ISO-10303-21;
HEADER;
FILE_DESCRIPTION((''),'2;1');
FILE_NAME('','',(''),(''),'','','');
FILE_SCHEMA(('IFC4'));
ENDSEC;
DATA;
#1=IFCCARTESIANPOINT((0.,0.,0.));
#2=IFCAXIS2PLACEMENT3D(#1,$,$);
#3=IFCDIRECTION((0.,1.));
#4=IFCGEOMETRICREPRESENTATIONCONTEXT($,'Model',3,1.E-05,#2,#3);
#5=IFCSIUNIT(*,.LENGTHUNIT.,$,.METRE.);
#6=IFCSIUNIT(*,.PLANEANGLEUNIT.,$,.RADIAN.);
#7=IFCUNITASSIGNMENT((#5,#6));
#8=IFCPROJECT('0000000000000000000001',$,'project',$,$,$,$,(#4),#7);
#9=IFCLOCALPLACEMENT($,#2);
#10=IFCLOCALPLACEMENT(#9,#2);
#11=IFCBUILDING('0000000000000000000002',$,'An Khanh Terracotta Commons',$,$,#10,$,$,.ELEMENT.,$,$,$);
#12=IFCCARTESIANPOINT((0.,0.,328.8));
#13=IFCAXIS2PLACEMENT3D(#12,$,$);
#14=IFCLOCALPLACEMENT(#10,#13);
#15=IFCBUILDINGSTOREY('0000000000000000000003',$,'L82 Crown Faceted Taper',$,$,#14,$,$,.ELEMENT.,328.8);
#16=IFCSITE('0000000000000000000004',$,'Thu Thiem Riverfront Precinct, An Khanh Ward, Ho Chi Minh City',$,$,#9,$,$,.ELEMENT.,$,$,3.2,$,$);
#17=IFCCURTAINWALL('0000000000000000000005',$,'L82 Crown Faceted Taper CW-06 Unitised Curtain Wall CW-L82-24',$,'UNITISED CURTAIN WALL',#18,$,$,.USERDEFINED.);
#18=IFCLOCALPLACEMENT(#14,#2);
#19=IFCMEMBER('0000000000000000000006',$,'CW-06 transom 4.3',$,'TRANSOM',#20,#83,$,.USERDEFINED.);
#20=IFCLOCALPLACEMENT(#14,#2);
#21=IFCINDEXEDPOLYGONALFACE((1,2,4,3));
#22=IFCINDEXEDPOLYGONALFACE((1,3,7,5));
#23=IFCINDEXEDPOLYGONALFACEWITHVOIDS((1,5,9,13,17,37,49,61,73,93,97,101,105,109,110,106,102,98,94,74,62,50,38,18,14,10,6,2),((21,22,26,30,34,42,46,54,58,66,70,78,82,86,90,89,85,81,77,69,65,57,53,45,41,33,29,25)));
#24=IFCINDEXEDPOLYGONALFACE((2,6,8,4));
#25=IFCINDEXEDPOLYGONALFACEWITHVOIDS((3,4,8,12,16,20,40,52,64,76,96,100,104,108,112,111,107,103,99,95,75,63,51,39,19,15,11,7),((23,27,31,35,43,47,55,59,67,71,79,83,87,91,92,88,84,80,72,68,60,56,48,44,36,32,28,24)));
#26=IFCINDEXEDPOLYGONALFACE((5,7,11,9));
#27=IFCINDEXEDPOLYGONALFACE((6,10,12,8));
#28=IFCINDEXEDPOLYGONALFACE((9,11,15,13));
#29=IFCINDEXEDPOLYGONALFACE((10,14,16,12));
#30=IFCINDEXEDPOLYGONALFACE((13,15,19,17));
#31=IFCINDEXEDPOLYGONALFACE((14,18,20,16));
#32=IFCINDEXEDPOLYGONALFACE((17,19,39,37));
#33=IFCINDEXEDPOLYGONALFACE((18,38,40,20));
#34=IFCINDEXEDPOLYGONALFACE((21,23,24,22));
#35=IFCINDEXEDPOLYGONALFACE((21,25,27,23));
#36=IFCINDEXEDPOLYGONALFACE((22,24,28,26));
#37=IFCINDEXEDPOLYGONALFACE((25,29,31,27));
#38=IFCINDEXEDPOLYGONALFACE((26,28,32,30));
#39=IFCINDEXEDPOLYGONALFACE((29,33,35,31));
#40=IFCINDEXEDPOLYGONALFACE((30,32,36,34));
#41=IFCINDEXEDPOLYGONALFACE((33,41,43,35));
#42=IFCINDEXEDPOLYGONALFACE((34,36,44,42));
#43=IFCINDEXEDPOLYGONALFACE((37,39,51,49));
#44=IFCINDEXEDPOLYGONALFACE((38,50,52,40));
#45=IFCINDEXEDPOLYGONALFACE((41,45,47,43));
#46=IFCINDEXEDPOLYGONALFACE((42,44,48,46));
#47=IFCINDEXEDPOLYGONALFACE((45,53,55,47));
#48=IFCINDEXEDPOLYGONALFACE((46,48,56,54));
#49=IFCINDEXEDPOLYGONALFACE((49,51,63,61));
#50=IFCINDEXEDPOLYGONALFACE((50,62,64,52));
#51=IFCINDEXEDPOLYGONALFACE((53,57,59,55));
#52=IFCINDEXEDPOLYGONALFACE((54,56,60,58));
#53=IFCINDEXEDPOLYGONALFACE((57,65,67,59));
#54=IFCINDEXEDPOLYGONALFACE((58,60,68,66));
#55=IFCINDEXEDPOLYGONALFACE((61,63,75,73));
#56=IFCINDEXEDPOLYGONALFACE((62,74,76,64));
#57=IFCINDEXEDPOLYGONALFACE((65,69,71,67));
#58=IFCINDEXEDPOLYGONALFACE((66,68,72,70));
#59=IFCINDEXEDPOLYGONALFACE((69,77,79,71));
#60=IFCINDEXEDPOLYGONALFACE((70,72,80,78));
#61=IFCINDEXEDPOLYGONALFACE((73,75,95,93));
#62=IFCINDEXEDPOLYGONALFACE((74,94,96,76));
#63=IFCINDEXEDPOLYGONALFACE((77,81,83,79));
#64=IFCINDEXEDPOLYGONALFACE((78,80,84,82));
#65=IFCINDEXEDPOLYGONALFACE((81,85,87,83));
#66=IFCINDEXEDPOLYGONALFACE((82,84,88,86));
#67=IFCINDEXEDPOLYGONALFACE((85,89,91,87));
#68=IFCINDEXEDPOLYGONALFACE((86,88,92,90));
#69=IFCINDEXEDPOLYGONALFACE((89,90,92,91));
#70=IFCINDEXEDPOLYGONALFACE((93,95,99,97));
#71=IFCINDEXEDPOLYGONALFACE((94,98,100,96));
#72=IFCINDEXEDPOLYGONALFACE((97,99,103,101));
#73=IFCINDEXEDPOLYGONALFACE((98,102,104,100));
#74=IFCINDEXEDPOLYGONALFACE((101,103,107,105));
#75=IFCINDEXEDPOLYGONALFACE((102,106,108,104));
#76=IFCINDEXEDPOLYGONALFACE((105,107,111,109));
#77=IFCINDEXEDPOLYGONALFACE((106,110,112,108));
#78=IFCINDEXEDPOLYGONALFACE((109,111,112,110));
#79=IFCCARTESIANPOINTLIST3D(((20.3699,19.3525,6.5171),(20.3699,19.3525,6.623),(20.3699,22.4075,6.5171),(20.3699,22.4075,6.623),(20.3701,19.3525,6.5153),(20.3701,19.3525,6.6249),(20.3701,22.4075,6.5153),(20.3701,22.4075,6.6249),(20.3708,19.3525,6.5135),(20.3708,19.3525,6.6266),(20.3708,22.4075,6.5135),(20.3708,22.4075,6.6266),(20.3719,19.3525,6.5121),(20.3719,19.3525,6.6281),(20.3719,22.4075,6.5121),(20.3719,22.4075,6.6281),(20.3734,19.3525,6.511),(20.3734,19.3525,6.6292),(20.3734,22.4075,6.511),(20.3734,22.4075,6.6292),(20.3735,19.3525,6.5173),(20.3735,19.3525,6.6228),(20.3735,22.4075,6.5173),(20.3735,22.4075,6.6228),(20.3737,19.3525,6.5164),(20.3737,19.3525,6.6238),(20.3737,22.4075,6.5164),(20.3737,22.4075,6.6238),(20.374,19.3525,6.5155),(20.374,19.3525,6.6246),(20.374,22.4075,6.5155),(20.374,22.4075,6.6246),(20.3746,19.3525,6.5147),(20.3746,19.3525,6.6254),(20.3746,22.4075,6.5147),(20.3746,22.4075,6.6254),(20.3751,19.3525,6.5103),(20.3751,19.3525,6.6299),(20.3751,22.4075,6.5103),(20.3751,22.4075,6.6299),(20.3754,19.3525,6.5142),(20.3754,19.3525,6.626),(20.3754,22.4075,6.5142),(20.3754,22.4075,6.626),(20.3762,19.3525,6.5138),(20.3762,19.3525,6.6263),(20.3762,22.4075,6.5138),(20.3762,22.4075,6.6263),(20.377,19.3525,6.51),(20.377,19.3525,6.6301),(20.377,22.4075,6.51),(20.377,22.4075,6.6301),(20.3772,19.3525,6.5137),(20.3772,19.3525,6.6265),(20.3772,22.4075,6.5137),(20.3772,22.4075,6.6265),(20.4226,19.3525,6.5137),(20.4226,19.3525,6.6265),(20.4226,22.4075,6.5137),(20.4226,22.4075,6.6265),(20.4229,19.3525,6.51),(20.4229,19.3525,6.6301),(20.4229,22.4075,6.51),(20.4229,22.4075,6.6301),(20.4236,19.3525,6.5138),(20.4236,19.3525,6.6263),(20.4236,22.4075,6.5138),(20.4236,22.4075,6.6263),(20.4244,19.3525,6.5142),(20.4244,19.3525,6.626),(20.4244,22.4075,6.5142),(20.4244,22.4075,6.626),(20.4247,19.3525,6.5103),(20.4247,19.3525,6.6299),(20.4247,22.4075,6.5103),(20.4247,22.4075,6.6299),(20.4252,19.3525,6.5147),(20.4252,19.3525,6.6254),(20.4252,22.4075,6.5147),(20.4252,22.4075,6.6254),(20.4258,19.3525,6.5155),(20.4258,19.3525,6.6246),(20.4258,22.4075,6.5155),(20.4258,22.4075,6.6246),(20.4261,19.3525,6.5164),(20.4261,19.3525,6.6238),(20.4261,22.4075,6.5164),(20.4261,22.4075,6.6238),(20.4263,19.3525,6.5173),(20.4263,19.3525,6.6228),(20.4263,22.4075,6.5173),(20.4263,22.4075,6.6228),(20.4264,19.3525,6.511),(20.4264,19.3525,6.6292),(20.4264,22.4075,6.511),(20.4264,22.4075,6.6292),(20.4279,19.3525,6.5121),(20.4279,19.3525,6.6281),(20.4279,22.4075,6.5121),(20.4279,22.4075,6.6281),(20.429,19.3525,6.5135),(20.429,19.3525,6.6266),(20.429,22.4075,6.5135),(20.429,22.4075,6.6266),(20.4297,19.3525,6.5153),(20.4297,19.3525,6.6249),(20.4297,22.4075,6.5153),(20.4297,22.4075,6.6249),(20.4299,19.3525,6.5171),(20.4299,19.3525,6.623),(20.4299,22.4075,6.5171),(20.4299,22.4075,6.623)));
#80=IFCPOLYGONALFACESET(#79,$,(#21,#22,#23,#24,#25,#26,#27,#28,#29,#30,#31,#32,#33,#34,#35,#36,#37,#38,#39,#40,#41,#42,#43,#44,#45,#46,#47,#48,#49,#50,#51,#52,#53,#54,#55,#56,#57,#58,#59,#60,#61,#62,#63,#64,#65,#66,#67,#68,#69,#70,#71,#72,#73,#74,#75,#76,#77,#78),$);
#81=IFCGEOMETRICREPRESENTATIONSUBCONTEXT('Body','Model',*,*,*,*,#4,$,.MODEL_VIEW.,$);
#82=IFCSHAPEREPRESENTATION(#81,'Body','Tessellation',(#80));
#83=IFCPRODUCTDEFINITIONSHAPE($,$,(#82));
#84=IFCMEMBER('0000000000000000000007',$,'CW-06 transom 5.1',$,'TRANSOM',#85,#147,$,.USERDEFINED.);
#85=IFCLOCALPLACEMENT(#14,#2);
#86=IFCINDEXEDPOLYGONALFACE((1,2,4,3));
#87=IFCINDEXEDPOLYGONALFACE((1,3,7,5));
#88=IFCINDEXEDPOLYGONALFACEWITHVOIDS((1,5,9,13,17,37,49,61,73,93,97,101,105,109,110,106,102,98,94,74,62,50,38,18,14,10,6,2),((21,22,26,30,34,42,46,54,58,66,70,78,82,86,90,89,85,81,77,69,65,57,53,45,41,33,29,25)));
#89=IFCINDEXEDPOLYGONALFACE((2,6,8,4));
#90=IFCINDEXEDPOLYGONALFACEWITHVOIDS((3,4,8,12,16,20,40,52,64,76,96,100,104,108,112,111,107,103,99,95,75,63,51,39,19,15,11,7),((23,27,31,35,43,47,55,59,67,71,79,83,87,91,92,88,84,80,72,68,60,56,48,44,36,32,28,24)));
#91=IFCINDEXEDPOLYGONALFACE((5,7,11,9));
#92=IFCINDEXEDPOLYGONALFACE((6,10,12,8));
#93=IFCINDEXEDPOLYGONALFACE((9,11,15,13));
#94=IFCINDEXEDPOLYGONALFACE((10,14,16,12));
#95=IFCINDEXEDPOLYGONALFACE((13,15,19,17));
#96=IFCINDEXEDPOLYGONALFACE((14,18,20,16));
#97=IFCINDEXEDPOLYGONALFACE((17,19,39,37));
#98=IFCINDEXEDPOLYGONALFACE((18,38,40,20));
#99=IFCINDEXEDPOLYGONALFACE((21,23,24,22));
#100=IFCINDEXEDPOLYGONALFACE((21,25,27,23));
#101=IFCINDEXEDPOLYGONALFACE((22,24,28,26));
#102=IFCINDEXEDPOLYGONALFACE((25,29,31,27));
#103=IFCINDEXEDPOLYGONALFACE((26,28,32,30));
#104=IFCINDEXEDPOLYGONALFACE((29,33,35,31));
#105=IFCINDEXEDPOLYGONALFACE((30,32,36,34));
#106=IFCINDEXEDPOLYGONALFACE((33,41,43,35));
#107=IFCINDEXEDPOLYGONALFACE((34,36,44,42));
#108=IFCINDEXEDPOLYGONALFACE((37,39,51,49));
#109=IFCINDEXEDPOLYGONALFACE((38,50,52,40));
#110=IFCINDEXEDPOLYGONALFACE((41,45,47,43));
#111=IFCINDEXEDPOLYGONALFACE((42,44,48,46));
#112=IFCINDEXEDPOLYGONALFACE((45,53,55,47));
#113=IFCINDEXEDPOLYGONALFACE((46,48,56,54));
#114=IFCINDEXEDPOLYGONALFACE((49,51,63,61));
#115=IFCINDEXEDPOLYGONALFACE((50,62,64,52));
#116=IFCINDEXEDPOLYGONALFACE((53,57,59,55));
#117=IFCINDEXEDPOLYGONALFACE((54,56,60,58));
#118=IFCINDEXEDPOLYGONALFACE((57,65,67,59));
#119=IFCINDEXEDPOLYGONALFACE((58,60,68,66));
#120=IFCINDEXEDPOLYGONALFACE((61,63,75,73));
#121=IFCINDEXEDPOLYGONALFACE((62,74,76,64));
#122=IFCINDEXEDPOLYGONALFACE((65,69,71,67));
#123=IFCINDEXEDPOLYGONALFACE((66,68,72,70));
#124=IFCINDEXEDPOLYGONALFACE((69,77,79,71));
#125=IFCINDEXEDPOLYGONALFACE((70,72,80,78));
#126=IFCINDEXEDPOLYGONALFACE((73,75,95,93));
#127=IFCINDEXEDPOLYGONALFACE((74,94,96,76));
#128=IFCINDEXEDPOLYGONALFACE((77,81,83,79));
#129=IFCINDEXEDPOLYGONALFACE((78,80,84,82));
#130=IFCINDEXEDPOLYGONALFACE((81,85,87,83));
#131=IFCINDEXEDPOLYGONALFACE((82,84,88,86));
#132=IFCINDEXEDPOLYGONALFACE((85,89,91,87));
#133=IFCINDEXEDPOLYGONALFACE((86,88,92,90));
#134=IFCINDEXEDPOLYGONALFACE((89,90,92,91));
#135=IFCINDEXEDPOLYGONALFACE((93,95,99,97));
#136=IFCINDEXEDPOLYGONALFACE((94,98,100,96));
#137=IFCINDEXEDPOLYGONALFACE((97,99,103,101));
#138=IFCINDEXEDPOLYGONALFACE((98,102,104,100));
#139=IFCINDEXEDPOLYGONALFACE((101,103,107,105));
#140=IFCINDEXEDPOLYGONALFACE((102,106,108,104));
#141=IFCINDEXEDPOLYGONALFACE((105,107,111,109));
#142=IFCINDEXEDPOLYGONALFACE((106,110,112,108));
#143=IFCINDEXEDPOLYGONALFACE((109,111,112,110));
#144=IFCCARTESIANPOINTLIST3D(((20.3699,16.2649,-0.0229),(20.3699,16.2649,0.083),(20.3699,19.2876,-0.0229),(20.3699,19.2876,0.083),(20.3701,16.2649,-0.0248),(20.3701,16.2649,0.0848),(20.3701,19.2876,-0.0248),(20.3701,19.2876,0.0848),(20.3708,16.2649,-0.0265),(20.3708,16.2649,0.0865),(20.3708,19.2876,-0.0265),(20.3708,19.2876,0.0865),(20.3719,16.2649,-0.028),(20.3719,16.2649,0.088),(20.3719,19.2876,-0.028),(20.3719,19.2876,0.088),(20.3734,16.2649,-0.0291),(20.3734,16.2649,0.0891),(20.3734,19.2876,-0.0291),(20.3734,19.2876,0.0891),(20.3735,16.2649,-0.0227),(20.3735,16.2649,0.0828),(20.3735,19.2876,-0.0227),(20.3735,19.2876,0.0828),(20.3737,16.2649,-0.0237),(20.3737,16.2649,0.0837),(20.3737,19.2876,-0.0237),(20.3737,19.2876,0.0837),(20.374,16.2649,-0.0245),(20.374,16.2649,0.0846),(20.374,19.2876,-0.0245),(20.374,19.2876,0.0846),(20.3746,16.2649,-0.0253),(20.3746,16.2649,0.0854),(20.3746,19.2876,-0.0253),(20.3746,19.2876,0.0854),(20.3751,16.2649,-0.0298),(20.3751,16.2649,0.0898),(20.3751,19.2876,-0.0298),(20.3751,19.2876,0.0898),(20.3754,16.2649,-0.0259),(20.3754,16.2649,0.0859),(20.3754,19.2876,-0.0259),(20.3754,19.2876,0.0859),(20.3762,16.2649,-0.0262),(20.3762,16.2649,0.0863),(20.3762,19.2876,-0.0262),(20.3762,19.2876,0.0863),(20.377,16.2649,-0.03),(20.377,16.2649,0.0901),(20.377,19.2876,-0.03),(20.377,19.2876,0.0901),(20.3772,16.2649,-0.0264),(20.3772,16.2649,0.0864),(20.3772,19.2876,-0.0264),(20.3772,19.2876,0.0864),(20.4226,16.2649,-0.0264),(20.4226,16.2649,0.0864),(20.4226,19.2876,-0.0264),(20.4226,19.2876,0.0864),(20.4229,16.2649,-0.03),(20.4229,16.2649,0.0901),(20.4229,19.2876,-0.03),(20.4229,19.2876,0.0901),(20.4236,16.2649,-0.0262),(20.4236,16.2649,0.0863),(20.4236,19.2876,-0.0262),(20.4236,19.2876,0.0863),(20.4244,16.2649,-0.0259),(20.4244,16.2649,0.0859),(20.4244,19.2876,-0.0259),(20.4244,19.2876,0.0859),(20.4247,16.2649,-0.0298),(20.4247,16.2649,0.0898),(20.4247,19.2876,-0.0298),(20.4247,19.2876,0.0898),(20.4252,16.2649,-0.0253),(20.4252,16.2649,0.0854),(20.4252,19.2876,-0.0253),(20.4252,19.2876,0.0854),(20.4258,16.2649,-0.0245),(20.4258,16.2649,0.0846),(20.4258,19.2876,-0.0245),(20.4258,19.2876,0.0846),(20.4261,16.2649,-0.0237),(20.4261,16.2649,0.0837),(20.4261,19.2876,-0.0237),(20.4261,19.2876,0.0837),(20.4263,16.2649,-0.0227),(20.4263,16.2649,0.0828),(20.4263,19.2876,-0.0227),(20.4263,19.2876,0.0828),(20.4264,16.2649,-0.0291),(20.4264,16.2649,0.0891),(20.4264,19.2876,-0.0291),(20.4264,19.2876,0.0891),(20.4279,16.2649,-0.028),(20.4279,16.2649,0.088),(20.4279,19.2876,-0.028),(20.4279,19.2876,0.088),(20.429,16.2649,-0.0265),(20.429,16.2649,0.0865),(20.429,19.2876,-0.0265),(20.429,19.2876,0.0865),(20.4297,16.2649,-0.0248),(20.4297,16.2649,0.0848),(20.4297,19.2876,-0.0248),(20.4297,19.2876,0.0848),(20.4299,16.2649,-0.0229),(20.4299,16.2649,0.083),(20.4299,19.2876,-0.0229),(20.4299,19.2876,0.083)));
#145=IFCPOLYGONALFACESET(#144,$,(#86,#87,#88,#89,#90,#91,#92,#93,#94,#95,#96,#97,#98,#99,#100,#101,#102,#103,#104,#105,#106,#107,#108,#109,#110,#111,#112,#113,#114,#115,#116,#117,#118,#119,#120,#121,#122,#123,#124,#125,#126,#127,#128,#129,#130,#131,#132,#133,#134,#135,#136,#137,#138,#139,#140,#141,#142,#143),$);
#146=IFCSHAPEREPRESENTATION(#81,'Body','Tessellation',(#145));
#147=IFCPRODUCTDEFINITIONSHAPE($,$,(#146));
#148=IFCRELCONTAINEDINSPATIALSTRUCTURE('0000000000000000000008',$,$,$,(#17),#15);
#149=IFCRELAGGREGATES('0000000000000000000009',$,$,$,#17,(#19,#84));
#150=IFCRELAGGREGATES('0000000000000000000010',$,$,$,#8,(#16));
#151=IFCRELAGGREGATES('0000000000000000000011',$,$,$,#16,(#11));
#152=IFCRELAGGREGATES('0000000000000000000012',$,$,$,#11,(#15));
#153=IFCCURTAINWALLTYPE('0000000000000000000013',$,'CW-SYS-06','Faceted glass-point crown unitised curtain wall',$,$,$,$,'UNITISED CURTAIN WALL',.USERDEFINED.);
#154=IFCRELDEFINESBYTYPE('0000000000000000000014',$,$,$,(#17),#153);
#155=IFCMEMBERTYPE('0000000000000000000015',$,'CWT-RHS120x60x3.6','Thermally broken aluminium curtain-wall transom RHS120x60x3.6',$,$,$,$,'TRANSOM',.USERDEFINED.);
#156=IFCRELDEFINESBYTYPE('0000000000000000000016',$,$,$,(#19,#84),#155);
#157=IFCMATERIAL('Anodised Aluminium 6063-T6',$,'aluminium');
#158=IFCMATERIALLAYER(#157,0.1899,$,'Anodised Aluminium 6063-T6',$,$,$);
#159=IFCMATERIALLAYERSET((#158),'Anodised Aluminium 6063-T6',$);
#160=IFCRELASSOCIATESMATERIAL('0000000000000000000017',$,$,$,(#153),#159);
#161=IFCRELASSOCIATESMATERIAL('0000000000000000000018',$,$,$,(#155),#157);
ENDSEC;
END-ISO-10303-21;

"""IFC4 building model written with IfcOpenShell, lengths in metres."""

from ifc_helpers import new_model, si_unit, direction, frame, origin, origin_2d, place, context, subcontext, project, spatial, hollow_rectangle, extrude, material, layer, layer_set, material_profile, profile_set, type_object, element, aggregate, save


model = new_model("IFC4")

# Units and contexts
model_context = context("Model", 3, precision=1e-05, world=origin(), true_north=direction((0.0, 1.0)))
body_context = subcontext(model_context, "Body", "Model", "MODEL_VIEW")
ifc_project = project(units=[si_unit("LENGTHUNIT", "METRE"), si_unit("PLANEANGLEUNIT", "RADIAN")], contexts=[model_context])

# Site, building, storey
site_placement = place(None, origin())
site = spatial("IfcSite", under=ifc_project, at=site_placement, Name="Thu Thiem Riverfront Precinct, An Khanh Ward, Ho Chi Minh City", CompositionType="ELEMENT", RefElevation=3.2)
building_placement = place(site_placement, origin())
building = spatial("IfcBuilding", under=site, at=building_placement, Name="An Khanh Terracotta Commons", CompositionType="ELEMENT")
storey_placement = place(building_placement, frame((0.0, 0.0, 328.8)))
storey = spatial("IfcBuildingStorey", under=building, at=storey_placement, Name="L82 Crown Faceted Taper", CompositionType="ELEMENT", Elevation=328.8)

# Shared definitions
ifc_material_1 = material(Name="Anodised Aluminium 6063-T6", Category="aluminium")
ifc_layer_1 = layer(ifc_material_1, 0.1899, Name="Anodised Aluminium 6063-T6")
ifc_layer_set_1 = layer_set([ifc_layer_1], Name="Anodised Aluminium 6063-T6")
curtain_wall_type = type_object("IfcCurtainWallType", Name="CW-SYS-06", Description="Faceted glass-point crown unitised curtain wall", ElementType="UNITISED CURTAIN WALL", PredefinedType="USERDEFINED", material=ifc_layer_set_1)

# Curtain wall
curtain_wall_1_placement = place(storey_placement, origin())
curtain_wall_1 = element("IfcCurtainWall", 1, at=curtain_wall_1_placement, inside=storey, type_object=curtain_wall_type, Name="L82 Crown Faceted Taper CW-06 Unitised Curtain Wall CW-L82-24", ObjectType="UNITISED CURTAIN WALL", PredefinedType="USERDEFINED")

# Members
ifc_material_profile_1 = material_profile(ifc_material_1, hollow_rectangle(XDim=0.0601, YDim=0.1201, WallThickness=0.0037, InnerFilletRadius=0.0037, OuterFilletRadius=0.0071, at=origin_2d()), Name="RHS120x60x3.6")
ifc_profile_set_1 = profile_set([ifc_material_profile_1], Name="Anodised Aluminium 6063-T6")
member_type_1 = type_object("IfcMemberType", Name="CWT-RHS120x60x3.6", Description="Thermally broken aluminium curtain-wall transom RHS120x60x3.6", ElementType="TRANSOM", PredefinedType="USERDEFINED", material=ifc_profile_set_1)
member_1_placement = place(storey_placement, frame((20.3999, 22.4075, 6.5701), z_axis=(0.0, -1.0, 0.0), x_axis=(1.0, 0.0, 0.0)))
member_1 = element("IfcMember", 2, at=member_1_placement, type_object=member_type_1, Name="CW-06 transom 4.3", ObjectType="TRANSOM", PredefinedType="USERDEFINED", context=body_context, shape_type="SweptSolid", body=[
    extrude(hollow_rectangle(XDim=0.0601, YDim=0.1201, WallThickness=0.0037, InnerFilletRadius=0.0037, OuterFilletRadius=0.0071, at=origin_2d()), origin(), (0.0, 0.0, 1.0), 3.0549),
])
member_2_placement = place(storey_placement, frame((20.3999, 19.2876, 0.03), z_axis=(0.0, -1.0, 0.0), x_axis=(1.0, 0.0, 0.0)))
member_2 = element("IfcMember", 3, at=member_2_placement, type_object=member_type_1, Name="CW-06 transom 5.1", ObjectType="TRANSOM", PredefinedType="USERDEFINED", context=body_context, shape_type="SweptSolid", body=[
    extrude(hollow_rectangle(XDim=0.0601, YDim=0.1201, WallThickness=0.0037, InnerFilletRadius=0.0037, OuterFilletRadius=0.0071, at=origin_2d()), origin(), (0.0, 0.0, 1.0), 3.0227),
])

aggregate(curtain_wall_1, [member_1, member_2])

save(model, "model.ifc")
